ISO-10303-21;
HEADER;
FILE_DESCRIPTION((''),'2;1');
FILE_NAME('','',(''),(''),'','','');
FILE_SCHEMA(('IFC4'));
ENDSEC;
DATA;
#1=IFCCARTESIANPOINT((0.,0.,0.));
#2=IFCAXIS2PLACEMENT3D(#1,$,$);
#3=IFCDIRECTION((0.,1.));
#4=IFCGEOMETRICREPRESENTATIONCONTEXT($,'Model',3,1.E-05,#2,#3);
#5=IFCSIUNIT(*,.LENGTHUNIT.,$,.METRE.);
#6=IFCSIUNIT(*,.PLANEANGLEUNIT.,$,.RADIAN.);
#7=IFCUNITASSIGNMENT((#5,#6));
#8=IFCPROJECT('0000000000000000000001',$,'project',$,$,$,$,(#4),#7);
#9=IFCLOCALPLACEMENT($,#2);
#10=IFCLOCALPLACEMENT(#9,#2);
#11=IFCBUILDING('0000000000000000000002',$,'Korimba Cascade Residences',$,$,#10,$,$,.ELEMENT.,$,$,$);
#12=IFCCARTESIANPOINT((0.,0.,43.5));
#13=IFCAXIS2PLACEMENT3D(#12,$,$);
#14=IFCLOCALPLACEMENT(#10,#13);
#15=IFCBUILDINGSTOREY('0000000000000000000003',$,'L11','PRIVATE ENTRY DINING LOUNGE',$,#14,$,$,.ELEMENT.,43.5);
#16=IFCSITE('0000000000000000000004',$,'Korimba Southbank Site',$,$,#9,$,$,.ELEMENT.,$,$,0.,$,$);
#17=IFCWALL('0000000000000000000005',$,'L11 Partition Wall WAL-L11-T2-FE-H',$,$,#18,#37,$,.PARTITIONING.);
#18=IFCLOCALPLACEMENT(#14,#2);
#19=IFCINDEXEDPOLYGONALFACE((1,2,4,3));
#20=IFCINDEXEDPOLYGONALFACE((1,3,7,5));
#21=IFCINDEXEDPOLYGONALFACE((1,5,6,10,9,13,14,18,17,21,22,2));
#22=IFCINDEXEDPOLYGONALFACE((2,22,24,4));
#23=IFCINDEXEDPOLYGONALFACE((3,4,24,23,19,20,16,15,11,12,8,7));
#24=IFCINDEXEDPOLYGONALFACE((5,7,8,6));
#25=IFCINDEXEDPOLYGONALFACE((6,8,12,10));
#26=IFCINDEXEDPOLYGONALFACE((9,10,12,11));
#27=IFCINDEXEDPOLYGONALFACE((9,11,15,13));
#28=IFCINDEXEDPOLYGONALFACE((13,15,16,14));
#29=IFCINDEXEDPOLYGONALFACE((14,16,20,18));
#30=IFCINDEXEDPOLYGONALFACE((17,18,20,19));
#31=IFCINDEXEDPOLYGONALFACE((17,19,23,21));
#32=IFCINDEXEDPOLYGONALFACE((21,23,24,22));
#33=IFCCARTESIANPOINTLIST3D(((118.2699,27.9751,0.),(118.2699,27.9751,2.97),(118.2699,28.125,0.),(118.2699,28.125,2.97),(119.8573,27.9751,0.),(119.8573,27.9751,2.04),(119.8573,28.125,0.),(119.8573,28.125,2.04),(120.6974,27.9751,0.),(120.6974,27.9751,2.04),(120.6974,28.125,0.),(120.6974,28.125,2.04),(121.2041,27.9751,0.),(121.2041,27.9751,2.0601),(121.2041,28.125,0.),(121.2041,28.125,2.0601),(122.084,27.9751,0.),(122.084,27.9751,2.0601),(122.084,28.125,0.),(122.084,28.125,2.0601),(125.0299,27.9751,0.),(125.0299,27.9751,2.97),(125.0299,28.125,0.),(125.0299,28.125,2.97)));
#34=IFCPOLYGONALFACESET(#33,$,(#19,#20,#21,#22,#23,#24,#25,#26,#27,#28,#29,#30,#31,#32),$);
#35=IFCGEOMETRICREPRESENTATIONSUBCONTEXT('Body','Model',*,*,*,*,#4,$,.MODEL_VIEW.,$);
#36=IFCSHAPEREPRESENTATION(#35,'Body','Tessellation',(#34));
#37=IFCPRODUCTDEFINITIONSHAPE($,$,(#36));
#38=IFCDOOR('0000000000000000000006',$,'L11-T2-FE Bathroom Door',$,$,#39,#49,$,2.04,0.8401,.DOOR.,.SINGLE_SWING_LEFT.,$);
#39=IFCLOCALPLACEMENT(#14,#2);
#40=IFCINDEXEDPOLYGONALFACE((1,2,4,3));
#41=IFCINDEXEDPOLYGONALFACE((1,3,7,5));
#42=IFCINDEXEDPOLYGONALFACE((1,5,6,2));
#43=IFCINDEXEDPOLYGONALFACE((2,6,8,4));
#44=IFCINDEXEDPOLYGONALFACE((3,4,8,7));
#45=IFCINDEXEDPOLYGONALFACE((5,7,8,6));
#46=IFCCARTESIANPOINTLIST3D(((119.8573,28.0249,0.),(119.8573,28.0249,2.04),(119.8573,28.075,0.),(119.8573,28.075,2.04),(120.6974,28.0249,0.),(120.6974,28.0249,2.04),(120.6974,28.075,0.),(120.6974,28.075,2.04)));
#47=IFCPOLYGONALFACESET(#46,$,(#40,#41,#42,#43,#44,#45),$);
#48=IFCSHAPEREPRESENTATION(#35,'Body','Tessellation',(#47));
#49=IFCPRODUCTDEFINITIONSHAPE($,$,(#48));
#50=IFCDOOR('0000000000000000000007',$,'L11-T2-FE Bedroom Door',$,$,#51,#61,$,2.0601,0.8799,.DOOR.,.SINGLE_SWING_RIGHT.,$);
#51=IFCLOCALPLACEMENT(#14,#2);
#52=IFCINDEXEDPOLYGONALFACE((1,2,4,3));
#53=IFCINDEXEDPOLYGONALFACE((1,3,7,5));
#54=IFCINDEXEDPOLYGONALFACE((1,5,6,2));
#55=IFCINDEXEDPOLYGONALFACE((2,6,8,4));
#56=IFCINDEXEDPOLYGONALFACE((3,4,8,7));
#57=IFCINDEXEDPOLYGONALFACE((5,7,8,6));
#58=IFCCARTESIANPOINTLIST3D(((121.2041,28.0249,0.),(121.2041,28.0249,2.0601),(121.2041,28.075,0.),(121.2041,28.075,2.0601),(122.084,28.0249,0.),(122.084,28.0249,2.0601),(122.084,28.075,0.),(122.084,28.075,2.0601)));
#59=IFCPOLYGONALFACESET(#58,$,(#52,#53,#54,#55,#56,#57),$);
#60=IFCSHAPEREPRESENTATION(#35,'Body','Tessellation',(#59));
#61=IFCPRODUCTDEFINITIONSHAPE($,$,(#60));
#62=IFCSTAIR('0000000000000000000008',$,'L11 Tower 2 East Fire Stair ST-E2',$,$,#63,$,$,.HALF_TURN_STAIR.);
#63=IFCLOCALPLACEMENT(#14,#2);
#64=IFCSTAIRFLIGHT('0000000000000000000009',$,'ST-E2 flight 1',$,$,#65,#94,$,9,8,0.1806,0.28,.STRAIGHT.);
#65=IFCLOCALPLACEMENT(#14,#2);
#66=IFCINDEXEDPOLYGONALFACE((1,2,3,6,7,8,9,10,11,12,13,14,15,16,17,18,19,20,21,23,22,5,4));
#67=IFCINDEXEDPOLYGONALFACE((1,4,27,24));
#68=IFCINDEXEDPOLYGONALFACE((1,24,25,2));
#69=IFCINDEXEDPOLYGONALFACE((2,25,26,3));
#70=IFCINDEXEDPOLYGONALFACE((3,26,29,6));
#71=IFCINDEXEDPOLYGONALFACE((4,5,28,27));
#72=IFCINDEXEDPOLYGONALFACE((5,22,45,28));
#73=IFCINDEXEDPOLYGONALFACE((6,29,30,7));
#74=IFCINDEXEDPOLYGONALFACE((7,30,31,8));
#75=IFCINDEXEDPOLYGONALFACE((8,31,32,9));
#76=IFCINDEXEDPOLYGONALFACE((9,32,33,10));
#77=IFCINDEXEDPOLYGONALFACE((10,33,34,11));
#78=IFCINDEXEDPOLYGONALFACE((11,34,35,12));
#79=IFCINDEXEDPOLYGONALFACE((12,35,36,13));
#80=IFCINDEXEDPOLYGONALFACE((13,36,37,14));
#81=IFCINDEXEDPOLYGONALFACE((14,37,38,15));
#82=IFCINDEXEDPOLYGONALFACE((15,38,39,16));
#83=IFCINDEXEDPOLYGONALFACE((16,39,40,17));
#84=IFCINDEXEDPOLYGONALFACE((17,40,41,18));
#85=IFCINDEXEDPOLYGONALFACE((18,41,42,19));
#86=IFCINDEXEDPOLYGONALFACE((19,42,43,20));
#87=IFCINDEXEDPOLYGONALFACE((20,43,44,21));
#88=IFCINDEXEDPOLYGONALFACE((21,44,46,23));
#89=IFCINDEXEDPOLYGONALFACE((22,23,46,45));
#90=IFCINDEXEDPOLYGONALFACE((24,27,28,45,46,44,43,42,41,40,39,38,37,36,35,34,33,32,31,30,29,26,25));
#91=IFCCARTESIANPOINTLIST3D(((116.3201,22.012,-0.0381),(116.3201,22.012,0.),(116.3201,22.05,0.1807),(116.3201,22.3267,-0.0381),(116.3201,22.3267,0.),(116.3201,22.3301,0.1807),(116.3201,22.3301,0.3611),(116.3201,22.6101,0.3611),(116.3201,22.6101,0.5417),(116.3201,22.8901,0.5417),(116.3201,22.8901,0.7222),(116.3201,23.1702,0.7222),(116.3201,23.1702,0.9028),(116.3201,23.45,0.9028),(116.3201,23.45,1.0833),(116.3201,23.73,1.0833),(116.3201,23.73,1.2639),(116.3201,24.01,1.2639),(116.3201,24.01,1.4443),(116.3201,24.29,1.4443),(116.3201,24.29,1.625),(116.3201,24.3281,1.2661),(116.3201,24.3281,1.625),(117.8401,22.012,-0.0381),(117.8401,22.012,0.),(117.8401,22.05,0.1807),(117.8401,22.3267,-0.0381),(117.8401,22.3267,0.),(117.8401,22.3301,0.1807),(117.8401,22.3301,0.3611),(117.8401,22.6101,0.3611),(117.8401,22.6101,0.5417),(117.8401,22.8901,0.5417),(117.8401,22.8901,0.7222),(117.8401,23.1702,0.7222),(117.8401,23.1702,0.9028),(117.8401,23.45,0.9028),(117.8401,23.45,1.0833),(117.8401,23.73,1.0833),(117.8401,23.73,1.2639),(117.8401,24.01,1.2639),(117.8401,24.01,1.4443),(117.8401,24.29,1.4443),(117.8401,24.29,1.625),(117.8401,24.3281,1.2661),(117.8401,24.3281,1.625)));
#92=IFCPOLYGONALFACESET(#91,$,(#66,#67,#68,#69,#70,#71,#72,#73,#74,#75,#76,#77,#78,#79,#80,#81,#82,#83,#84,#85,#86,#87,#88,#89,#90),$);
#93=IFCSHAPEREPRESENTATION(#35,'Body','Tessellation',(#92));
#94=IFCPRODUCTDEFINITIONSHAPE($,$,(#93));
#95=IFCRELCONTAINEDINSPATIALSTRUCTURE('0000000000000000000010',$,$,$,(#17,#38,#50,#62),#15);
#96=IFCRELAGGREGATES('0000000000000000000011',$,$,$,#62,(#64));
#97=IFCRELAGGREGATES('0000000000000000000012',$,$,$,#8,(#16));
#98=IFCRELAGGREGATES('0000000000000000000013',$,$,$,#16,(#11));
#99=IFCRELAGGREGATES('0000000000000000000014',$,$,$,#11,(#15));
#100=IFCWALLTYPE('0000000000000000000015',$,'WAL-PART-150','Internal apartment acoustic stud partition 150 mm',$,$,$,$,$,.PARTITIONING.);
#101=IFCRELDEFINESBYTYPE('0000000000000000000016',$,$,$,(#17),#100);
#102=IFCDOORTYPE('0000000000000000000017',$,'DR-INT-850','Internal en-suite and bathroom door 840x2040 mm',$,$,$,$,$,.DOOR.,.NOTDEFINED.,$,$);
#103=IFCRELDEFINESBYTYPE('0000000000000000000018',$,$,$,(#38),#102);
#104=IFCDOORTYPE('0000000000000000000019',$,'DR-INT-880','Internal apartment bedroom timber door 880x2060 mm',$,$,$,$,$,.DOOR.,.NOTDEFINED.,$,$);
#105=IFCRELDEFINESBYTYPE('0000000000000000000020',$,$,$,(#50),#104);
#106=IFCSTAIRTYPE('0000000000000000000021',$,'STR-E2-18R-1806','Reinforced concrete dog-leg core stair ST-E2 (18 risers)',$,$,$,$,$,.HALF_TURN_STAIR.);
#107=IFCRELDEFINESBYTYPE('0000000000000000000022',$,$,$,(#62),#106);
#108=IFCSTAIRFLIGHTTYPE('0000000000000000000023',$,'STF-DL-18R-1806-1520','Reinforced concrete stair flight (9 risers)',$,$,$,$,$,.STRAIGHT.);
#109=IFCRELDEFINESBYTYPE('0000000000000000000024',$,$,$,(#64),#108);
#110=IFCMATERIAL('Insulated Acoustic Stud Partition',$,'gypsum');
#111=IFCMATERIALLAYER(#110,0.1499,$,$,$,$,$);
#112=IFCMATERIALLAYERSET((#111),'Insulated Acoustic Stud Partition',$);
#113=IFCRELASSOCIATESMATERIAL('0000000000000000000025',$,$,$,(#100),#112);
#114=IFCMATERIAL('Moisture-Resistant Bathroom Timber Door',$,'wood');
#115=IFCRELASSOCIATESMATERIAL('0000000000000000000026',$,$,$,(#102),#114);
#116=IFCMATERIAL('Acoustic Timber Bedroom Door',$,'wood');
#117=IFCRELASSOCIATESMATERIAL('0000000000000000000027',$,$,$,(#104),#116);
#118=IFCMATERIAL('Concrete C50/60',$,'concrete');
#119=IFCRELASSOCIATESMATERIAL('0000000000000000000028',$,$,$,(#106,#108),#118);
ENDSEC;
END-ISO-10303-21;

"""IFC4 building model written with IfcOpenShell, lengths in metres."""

from ifc_helpers import new_model, si_unit, direction, frame, frame_2d, origin, place, context, subcontext, project, spatial, polyline, rectangle, outline, extrude, material, layer, layer_set, type_object, element, fill, aggregate, save


model = new_model("IFC4")

# Units and contexts
model_context = context("Model", 3, precision=1e-05, world=origin(), true_north=direction((0.0, 1.0)))
body_context = subcontext(model_context, "Body", "Model", "MODEL_VIEW")
ifc_project = project(units=[si_unit("LENGTHUNIT", "METRE"), si_unit("PLANEANGLEUNIT", "RADIAN")], contexts=[model_context])

# Site, building, storey
site_placement = place(None, origin())
site = spatial("IfcSite", under=ifc_project, at=site_placement, Name="Korimba Southbank Site", CompositionType="ELEMENT", RefElevation=0.0)
building_placement = place(site_placement, origin())
building = spatial("IfcBuilding", under=site, at=building_placement, Name="Korimba Cascade Residences", CompositionType="ELEMENT")
storey_placement = place(building_placement, frame((0.0, 0.0, 43.5)))
storey = spatial("IfcBuildingStorey", under=building, at=storey_placement, Name="L11", Description="PRIVATE ENTRY DINING LOUNGE", CompositionType="ELEMENT", Elevation=43.5)

# Shared definitions
ifc_material_1 = material(Name="Concrete C50/60", Category="concrete")

# Shared definitions
ifc_material_2 = material(Name="Insulated Acoustic Stud Partition", Category="gypsum")
ifc_layer_1 = layer(ifc_material_2, 0.1499)
ifc_layer_set_1 = layer_set([ifc_layer_1], Name="Insulated Acoustic Stud Partition")
wall_type_1 = type_object("IfcWallType", Name="WAL-PART-150", Description="Internal apartment acoustic stud partition 150 mm", PredefinedType="PARTITIONING", material=ifc_layer_set_1)
ifc_material_3 = material(Name="Moisture-Resistant Bathroom Timber Door", Category="wood")
door_type_1 = type_object("IfcDoorType", Name="DR-INT-850", Description="Internal en-suite and bathroom door 840x2040 mm", OperationType="NOTDEFINED", PredefinedType="DOOR", material=ifc_material_3)

# Wall, openings, doors
wall_1_placement = place(storey_placement, frame((118.27, 28.05, 0.0), z_axis=(0.0, 0.0, 1.0), x_axis=(1.0, 0.0, 0.0)))
wall_1 = element("IfcWall", 1, at=wall_1_placement, inside=storey, type_object=wall_type_1, Name="L11 Partition Wall WAL-L11-T2-FE-H", PredefinedType="PARTITIONING", context=body_context, shape_type="SweptSolid", body=[
    extrude(rectangle(XDim=6.76, YDim=0.1499, at=frame_2d((3.3799, 0.0))), origin(), (0.0, 0.0, 1.0), 2.97),
])
opening_1_placement = place(wall_1_placement, frame((1.5874, 0.0, 0.0)))
opening_1 = element("IfcOpeningElement", 2, at=opening_1_placement, cuts=wall_1, PredefinedType="OPENING", context=body_context, shape_type="SweptSolid", body=[
    extrude(rectangle(XDim=0.8401, YDim=2.04, at=frame_2d((0.4199, 1.02))), frame((0.0, 0.085, 0.0), z_axis=(0.0, -1.0, 0.0), x_axis=(1.0, 0.0, 0.0)), (0.0, 0.0, 1.0), 0.1699),
])
opening_2_placement = place(wall_1_placement, frame((2.9341, 0.0, 0.0)))
opening_2 = element("IfcOpeningElement", 3, at=opening_2_placement, cuts=wall_1, PredefinedType="OPENING", context=body_context, shape_type="SweptSolid", body=[
    extrude(rectangle(XDim=0.8799, YDim=2.0601, at=frame_2d((0.4399, 1.03))), frame((0.0, 0.085, 0.0), z_axis=(0.0, -1.0, 0.0), x_axis=(1.0, 0.0, 0.0)), (0.0, 0.0, 1.0), 0.1699),
])
door_1_placement = place(opening_1_placement, origin())
door_1 = element("IfcDoor", 4, at=door_1_placement, inside=storey, type_object=door_type_1, Name="L11-T2-FE Bathroom Door", OperationType="SINGLE_SWING_LEFT", OverallHeight=2.04, OverallWidth=0.8401, PredefinedType="DOOR", context=body_context, shape_type="SweptSolid", body=[
    extrude(rectangle(XDim=0.8401, YDim=2.04, at=frame_2d((0.4199, 1.02))), frame((0.0, 0.0249, 0.0), z_axis=(0.0, -1.0, 0.0), x_axis=(1.0, 0.0, 0.0)), (0.0, 0.0, 1.0), 0.05),
])
fill(opening_1, door_1)
ifc_material_4 = material(Name="Acoustic Timber Bedroom Door", Category="wood")
door_type_2 = type_object("IfcDoorType", Name="DR-INT-880", Description="Internal apartment bedroom timber door 880x2060 mm", OperationType="NOTDEFINED", PredefinedType="DOOR", material=ifc_material_4)
door_2_placement = place(opening_2_placement, origin())
door_2 = element("IfcDoor", 5, at=door_2_placement, inside=storey, type_object=door_type_2, Name="L11-T2-FE Bedroom Door", OperationType="SINGLE_SWING_RIGHT", OverallHeight=2.0601, OverallWidth=0.8799, PredefinedType="DOOR", context=body_context, shape_type="SweptSolid", body=[
    extrude(rectangle(XDim=0.8799, YDim=2.0601, at=frame_2d((0.4399, 1.03))), frame((0.0, 0.0249, 0.0), z_axis=(0.0, -1.0, 0.0), x_axis=(1.0, 0.0, 0.0)), (0.0, 0.0, 1.0), 0.05),
])
fill(opening_2, door_2)

# Stair, stair flight
stair_type = type_object("IfcStairType", Name="STR-E2-18R-1806", Description="Reinforced concrete dog-leg core stair ST-E2 (18 risers)", PredefinedType="HALF_TURN_STAIR", material=ifc_material_1)
stair_placement = place(storey_placement, origin())
stair = element("IfcStair", 6, at=stair_placement, inside=storey, type_object=stair_type, Name="L11 Tower 2 East Fire Stair ST-E2", PredefinedType="HALF_TURN_STAIR")
stair_flight_type = type_object("IfcStairFlightType", Name="STF-DL-18R-1806-1520", Description="Reinforced concrete stair flight (9 risers)", PredefinedType="STRAIGHT", material=ifc_material_1)
stair_flight_placement = place(storey_placement, frame((117.0801, 22.05, 0.0), z_axis=(0.0, 0.0, 1.0), x_axis=(0.0, 1.0, 0.0)))
stair_flight = element("IfcStairFlight", 7, at=stair_flight_placement, type_object=stair_flight_type, Name="ST-E2 flight 1", NumberOfRisers=9, NumberOfTreads=8, PredefinedType="STRAIGHT", RiserHeight=0.1806, TreadLength=0.28, context=body_context, shape_type="SweptSolid", body=[
    extrude(outline(polyline([(-0.0381, 0.0), (0.0, 0.1807), (0.28, 0.1807), (0.28, 0.3611), (0.5601, 0.3611), (0.5601, 0.5417), (0.8401, 0.5417), (0.8401, 0.7222), (1.1201, 0.7222), (1.1201, 0.9028), (1.3999, 0.9028), (1.3999, 1.0833), (1.6799, 1.0833), (1.6799, 1.2639), (1.96, 1.2639), (1.96, 1.4443), (2.24, 1.4443), (2.24, 1.625), (2.2781, 1.625), (2.2781, 1.2661), (0.2766, 0.0), (0.2766, -0.0381), (-0.0381, -0.0381), (-0.0381, 0.0)])), frame((0.0, 0.76, 0.0), z_axis=(0.0, -1.0, 0.0), x_axis=(1.0, 0.0, 0.0)), (0.0, 0.0, 1.0), 1.52),
])
aggregate(stair, [stair_flight])

save(model, "model.ifc")
